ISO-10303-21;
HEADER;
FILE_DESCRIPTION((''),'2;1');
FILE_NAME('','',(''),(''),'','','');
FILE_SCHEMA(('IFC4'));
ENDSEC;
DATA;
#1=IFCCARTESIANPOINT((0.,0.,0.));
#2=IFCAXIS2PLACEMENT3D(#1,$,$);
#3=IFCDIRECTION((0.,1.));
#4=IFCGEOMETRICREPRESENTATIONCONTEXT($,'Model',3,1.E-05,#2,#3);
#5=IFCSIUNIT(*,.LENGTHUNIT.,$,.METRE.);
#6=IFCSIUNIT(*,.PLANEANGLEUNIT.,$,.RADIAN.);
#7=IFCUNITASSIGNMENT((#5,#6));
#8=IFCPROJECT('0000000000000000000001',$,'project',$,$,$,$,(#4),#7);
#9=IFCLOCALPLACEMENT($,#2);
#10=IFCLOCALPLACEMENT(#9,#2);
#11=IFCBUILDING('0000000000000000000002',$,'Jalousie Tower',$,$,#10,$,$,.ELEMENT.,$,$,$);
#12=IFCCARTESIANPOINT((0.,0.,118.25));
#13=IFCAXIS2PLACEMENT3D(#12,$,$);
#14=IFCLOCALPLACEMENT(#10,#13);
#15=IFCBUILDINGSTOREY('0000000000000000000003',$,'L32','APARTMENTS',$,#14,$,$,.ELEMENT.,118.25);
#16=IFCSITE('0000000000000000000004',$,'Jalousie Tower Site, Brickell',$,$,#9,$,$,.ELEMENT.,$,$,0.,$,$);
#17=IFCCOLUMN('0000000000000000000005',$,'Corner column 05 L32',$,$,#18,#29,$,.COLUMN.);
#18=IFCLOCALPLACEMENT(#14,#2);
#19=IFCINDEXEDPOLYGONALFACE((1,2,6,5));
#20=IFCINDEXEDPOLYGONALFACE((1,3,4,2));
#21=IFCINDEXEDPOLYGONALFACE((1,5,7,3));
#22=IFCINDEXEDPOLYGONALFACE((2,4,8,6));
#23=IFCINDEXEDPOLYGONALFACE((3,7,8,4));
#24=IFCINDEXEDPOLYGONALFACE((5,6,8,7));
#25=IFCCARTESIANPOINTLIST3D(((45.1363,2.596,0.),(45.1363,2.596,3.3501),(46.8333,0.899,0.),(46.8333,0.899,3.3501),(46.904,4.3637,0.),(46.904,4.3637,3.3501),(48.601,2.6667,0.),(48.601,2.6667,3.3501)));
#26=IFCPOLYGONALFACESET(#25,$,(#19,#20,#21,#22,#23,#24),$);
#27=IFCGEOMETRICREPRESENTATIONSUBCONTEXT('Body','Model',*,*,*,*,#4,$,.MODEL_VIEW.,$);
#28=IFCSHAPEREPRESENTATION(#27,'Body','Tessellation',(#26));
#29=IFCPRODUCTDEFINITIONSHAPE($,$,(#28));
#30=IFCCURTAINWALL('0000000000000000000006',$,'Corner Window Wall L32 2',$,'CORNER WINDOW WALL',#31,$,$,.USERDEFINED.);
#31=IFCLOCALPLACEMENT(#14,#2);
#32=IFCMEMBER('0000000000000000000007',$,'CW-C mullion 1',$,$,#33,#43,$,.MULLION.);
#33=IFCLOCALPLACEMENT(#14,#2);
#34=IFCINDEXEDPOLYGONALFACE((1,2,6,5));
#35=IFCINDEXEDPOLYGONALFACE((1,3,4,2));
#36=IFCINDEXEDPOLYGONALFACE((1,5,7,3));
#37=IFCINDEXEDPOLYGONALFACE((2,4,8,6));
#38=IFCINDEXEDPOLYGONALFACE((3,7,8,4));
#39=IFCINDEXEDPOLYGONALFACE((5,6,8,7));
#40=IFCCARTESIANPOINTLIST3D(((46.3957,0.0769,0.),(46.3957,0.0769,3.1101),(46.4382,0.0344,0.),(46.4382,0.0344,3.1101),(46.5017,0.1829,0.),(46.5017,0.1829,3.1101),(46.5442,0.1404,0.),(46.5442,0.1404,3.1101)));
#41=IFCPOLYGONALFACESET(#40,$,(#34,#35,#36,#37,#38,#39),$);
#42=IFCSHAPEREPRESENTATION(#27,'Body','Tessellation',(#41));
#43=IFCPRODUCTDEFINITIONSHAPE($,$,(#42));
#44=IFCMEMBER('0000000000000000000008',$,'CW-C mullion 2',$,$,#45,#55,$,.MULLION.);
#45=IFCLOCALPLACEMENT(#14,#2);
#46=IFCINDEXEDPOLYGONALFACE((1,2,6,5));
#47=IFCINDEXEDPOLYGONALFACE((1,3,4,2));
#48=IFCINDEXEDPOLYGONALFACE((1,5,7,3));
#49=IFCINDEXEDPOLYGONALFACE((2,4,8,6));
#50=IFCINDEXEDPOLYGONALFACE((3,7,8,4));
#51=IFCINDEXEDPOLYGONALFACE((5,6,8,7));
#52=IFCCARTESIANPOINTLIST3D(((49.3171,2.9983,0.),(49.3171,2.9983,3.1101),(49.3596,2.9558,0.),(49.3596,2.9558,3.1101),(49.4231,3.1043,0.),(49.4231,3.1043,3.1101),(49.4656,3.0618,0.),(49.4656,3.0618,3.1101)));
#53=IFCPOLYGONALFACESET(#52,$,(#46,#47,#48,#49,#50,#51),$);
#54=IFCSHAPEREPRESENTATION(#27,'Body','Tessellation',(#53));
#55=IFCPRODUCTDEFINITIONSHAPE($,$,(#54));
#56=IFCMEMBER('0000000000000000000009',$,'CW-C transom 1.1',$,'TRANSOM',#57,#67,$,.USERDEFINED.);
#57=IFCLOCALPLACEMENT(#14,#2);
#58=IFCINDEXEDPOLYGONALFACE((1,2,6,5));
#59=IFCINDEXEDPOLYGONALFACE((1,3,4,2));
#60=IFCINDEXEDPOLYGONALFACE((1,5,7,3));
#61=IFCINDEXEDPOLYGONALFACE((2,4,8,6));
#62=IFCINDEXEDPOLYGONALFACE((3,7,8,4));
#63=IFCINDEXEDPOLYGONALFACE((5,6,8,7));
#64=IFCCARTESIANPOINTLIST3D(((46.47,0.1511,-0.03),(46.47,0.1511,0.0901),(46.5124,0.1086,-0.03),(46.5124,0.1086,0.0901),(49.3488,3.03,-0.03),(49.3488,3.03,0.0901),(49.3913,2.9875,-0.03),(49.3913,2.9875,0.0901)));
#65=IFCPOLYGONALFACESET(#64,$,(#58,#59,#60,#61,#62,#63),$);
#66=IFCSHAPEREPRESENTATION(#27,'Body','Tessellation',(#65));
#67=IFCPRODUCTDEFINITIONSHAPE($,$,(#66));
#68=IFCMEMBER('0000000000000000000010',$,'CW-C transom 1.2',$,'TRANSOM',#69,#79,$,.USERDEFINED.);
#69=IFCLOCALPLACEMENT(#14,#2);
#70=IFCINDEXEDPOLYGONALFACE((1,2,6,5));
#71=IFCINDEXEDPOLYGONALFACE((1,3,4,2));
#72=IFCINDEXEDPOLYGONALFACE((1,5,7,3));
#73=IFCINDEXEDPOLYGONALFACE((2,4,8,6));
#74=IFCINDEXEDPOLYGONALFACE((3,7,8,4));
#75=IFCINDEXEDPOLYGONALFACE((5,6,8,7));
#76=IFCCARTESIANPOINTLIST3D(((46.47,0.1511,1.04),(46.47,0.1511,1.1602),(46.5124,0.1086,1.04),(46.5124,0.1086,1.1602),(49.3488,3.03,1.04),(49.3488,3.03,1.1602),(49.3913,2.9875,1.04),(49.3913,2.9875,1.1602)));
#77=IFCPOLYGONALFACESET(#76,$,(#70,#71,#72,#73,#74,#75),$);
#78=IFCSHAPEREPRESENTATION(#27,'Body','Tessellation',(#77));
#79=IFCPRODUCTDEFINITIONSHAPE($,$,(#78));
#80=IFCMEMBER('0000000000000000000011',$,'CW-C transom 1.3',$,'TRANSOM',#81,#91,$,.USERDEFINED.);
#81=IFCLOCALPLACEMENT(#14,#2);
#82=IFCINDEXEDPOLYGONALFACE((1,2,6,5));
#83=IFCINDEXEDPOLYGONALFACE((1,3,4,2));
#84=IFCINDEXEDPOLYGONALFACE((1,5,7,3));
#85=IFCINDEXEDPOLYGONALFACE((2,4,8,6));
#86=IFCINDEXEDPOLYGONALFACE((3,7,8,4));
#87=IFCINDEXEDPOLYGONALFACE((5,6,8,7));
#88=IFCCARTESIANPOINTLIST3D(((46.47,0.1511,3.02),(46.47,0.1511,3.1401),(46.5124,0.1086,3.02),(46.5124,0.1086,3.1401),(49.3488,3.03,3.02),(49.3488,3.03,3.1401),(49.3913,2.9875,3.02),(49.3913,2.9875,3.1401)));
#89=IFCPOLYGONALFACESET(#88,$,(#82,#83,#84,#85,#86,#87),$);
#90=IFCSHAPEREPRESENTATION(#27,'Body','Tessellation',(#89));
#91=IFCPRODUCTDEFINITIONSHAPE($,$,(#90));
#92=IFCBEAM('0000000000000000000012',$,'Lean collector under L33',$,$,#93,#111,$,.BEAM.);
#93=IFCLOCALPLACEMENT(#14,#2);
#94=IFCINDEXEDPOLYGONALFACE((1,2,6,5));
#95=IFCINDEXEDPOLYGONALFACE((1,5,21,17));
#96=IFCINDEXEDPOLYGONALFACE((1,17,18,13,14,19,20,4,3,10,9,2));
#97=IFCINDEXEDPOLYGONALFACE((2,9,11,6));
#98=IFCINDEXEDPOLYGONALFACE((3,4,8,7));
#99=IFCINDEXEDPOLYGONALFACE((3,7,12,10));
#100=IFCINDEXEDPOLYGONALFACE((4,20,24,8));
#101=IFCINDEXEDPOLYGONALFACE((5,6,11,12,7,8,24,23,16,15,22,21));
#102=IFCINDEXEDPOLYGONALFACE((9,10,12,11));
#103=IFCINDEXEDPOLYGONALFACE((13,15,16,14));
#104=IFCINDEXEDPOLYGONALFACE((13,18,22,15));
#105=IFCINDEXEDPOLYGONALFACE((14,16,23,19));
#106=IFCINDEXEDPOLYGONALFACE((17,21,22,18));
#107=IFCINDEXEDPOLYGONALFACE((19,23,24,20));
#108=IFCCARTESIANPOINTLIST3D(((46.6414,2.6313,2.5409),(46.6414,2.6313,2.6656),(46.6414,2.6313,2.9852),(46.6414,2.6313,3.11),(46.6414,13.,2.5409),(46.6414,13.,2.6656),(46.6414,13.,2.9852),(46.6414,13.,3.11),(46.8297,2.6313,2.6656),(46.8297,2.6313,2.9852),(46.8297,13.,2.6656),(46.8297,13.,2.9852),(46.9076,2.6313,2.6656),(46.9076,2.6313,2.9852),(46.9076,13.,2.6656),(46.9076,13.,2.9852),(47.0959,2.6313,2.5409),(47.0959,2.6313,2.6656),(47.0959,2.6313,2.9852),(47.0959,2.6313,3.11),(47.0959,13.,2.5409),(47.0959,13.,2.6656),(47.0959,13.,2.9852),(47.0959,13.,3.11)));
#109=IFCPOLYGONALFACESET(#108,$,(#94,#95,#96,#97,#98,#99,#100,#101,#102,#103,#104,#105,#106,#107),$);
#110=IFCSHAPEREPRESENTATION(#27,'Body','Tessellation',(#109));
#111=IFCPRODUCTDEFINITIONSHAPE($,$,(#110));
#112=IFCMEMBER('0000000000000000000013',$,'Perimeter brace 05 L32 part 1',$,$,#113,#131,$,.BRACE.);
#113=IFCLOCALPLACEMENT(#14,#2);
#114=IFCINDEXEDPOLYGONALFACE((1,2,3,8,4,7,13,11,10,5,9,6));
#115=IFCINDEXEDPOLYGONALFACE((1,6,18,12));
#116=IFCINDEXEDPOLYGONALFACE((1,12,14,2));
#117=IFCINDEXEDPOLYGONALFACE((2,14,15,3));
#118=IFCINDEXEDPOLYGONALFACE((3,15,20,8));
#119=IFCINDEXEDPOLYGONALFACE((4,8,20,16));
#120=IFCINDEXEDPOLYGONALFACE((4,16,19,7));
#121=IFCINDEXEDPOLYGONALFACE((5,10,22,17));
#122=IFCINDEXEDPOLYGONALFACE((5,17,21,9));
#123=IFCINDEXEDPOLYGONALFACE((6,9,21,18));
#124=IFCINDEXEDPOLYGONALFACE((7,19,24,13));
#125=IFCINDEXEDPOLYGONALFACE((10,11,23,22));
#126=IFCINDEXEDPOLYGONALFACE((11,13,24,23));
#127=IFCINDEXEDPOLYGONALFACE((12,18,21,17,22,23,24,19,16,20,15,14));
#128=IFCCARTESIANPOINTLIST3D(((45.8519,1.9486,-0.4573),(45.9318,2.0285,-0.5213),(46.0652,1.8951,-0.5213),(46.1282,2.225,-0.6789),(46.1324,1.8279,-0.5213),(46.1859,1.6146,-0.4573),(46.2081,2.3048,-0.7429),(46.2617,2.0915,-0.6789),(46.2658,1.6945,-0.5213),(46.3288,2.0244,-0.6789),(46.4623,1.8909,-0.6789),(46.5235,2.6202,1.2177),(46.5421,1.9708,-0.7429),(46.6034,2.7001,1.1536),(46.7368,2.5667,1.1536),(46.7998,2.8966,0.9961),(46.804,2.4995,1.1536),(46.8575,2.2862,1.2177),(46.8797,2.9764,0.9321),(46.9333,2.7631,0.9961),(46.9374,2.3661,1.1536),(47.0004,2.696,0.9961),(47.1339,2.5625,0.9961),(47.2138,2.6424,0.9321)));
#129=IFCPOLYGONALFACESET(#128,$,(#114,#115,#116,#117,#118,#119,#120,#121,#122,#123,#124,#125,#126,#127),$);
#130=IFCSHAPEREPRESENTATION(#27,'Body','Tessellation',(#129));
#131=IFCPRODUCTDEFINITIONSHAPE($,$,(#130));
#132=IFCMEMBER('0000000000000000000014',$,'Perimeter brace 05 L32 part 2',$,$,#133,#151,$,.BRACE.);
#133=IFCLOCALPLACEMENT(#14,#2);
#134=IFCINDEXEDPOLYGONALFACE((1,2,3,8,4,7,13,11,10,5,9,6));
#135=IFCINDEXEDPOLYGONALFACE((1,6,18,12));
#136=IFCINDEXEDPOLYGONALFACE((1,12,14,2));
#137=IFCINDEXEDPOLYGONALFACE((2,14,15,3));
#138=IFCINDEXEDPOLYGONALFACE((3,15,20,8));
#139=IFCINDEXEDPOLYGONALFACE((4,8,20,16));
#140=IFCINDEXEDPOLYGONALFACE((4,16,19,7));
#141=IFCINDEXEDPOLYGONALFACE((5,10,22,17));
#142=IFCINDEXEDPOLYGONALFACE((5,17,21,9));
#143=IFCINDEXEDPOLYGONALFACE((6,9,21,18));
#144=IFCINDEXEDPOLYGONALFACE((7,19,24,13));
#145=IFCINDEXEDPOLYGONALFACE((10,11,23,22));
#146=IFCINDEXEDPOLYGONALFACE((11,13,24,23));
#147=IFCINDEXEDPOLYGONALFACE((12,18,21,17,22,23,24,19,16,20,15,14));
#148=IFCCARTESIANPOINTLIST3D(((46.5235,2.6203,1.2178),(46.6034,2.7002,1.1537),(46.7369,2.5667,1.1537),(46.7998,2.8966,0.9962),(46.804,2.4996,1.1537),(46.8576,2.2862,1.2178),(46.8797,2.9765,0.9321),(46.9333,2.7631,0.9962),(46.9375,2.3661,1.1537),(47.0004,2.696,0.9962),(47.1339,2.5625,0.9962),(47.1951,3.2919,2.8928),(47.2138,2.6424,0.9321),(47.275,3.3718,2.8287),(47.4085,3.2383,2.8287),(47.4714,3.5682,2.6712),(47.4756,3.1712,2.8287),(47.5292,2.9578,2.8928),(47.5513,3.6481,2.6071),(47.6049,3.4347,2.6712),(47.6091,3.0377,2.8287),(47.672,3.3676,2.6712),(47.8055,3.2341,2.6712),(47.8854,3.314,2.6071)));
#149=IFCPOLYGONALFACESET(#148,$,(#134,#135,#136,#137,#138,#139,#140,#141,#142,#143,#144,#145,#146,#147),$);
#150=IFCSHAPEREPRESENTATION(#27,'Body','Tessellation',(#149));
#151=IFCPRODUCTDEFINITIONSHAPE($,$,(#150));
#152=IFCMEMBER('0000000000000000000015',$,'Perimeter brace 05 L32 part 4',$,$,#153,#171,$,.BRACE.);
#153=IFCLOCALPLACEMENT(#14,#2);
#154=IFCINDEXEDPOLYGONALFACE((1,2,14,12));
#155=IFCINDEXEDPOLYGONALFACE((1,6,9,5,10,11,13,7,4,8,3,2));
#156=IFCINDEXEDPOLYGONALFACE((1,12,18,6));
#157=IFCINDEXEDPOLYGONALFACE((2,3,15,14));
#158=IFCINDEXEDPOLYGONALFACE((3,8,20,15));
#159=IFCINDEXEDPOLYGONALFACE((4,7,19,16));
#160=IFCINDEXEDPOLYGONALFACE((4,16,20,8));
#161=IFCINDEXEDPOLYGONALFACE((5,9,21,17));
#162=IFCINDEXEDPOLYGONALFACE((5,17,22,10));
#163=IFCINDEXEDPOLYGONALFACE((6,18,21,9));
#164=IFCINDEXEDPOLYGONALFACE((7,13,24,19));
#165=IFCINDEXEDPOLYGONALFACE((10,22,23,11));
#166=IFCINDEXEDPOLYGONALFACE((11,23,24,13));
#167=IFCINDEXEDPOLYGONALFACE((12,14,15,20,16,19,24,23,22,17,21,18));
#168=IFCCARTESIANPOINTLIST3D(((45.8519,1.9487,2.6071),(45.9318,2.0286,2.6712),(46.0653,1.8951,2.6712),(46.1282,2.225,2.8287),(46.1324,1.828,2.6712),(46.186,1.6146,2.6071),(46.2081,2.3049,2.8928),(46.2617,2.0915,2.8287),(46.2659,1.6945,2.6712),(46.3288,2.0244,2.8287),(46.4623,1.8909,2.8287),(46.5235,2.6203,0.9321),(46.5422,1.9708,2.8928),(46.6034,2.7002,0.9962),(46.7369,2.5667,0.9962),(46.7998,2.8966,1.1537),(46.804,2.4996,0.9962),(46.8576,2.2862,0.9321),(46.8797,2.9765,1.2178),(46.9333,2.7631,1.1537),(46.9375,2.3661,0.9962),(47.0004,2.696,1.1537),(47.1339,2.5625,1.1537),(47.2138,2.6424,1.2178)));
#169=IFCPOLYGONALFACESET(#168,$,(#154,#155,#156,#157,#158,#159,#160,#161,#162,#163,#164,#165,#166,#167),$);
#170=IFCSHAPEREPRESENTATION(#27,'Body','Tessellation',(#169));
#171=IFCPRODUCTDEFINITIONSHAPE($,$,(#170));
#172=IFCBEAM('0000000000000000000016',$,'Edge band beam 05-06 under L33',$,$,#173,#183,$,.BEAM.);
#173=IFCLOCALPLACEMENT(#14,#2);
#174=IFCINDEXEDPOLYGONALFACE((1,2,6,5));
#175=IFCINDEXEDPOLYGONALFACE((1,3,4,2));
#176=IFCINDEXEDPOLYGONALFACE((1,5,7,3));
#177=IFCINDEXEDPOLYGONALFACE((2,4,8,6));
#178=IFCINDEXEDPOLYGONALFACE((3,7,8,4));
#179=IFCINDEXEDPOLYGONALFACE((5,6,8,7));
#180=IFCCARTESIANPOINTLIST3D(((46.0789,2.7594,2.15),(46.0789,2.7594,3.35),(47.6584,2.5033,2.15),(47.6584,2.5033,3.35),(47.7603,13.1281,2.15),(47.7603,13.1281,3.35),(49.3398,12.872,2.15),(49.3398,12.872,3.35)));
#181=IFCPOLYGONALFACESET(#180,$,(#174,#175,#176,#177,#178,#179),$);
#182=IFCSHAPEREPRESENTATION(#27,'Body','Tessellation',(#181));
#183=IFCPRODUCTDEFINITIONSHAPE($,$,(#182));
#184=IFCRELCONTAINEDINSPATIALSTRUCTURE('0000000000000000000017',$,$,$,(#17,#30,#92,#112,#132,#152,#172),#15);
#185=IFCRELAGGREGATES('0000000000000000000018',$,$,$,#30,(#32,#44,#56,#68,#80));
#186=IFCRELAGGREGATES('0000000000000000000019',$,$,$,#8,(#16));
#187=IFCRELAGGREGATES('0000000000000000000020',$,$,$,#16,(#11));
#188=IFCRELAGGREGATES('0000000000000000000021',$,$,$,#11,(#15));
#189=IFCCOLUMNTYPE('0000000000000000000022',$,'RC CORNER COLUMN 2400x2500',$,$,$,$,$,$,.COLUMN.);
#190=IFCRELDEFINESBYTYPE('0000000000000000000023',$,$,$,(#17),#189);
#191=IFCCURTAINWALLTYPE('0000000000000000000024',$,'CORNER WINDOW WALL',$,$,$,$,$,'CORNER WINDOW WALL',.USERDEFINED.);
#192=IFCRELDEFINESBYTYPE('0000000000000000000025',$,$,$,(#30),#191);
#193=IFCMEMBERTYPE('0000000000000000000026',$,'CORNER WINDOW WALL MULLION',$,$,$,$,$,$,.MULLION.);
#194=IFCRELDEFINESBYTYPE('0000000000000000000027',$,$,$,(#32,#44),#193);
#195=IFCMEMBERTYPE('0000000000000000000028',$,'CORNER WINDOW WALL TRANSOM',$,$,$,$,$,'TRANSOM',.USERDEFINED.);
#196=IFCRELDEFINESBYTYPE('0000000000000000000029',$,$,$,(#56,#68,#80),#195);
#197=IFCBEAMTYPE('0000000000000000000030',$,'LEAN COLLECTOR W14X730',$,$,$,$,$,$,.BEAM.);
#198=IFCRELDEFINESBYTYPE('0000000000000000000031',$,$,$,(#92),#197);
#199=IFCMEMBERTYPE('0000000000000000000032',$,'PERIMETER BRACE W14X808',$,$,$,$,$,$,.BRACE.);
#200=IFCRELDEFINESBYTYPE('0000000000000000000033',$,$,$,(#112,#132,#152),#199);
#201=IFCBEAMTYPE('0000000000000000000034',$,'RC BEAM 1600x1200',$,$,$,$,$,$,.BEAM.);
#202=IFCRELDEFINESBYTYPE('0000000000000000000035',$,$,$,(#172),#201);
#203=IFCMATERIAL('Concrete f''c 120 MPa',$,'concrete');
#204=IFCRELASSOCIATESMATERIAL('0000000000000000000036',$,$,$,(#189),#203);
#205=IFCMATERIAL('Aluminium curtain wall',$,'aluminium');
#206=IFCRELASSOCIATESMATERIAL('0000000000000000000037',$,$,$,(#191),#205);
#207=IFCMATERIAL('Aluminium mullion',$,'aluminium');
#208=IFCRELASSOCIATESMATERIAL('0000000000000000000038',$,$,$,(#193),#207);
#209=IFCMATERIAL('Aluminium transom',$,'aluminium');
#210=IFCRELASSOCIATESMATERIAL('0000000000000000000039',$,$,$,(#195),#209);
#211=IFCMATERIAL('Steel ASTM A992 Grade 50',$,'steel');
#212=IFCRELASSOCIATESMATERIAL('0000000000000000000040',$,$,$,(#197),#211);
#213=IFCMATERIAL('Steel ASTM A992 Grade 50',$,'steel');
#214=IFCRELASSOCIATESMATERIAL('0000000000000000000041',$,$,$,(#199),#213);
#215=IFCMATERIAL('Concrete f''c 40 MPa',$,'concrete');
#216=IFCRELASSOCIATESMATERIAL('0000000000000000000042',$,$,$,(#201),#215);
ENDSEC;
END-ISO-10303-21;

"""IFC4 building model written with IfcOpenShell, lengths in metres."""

from ifc_helpers import new_model, si_unit, direction, frame, origin, origin_2d, place, context, subcontext, project, spatial, rectangle, i_section, extrude, material, material_profile, profile_set, type_object, element, aggregate, save


model = new_model("IFC4")

# Units and contexts
model_context = context("Model", 3, precision=1e-05, world=origin(), true_north=direction((0.0, 1.0)))
body_context = subcontext(model_context, "Body", "Model", "MODEL_VIEW")
ifc_project = project(units=[si_unit("LENGTHUNIT", "METRE"), si_unit("PLANEANGLEUNIT", "RADIAN")], contexts=[model_context])

# Site, building, storey
site_placement = place(None, origin())
site = spatial("IfcSite", under=ifc_project, at=site_placement, Name="Jalousie Tower Site, Brickell", CompositionType="ELEMENT", RefElevation=0.0)
building_placement = place(site_placement, origin())
building = spatial("IfcBuilding", under=site, at=building_placement, Name="Jalousie Tower", CompositionType="ELEMENT")
storey_placement = place(building_placement, frame((0.0, 0.0, 118.25)))
storey = spatial("IfcBuildingStorey", under=building, at=storey_placement, Name="L32", Description="APARTMENTS", CompositionType="ELEMENT", Elevation=118.25)

# Column
ifc_material_1 = material(Name="Concrete f'c 120 MPa", Category="concrete")
ifc_material_profile_1 = material_profile(ifc_material_1, rectangle(XDim=2.3999, YDim=2.5, at=origin_2d()), Name="RC 2400x2500")
ifc_profile_set_1 = profile_set([ifc_material_profile_1], Name="Concrete f'c 120 MPa")
column_type = type_object("IfcColumnType", Name="RC CORNER COLUMN 2400x2500", PredefinedType="COLUMN", material=ifc_profile_set_1)
column_placement = place(storey_placement, frame((46.8687, 2.6313, 0.0), z_axis=(0.0, 0.0, 1.0), x_axis=(-0.707107, 0.707107, 0.0)))
element("IfcColumn", 1, at=column_placement, inside=storey, type_object=column_type, Name="Corner column 05 L32", PredefinedType="COLUMN", context=body_context, shape_type="SweptSolid", body=[
    extrude(rectangle(XDim=2.3999, YDim=2.5, at=origin_2d()), origin(), (0.0, 0.0, 1.0), 3.3501),
])

# Curtain wall, members
ifc_material_2 = material(Name="Aluminium curtain wall", Category="aluminium")
curtain_wall_type_1 = type_object("IfcCurtainWallType", Name="CORNER WINDOW WALL", ElementType="CORNER WINDOW WALL", PredefinedType="USERDEFINED", material=ifc_material_2)
curtain_wall_1_placement = place(storey_placement, origin())
curtain_wall_1 = element("IfcCurtainWall", 2, at=curtain_wall_1_placement, inside=storey, type_object=curtain_wall_type_1, Name="Corner Window Wall L32 2", ObjectType="CORNER WINDOW WALL", PredefinedType="USERDEFINED")
ifc_material_3 = material(Name="Aluminium mullion", Category="aluminium")
ifc_material_profile_2 = material_profile(ifc_material_3, rectangle(XDim=0.0601, YDim=0.1499, at=origin_2d()), Name="MULLION 60x150")
ifc_profile_set_2 = profile_set([ifc_material_profile_2], Name="Aluminium mullion")
member_type_1 = type_object("IfcMemberType", Name="CORNER WINDOW WALL MULLION", PredefinedType="MULLION", material=ifc_profile_set_2)
member_1_placement = place(storey_placement, frame((46.47, 0.1086, 0.0), z_axis=(0.0, 0.0, 1.0), x_axis=(-0.707107, 0.707107, 0.0)))
member_1 = element("IfcMember", 3, at=member_1_placement, type_object=member_type_1, Name="CW-C mullion 1", PredefinedType="MULLION", context=body_context, shape_type="SweptSolid", body=[
    extrude(rectangle(XDim=0.0601, YDim=0.1499, at=origin_2d()), origin(), (0.0, 0.0, 1.0), 3.1101),
])
member_2_placement = place(storey_placement, frame((49.3914, 3.03, 0.0), z_axis=(0.0, 0.0, 1.0), x_axis=(-0.707107, 0.707107, 0.0)))
member_2 = element("IfcMember", 4, at=member_2_placement, type_object=member_type_1, Name="CW-C mullion 2", PredefinedType="MULLION", context=body_context, shape_type="SweptSolid", body=[
    extrude(rectangle(XDim=0.0601, YDim=0.1499, at=origin_2d()), origin(), (0.0, 0.0, 1.0), 3.1101),
])
ifc_material_4 = material(Name="Aluminium transom", Category="aluminium")
ifc_material_profile_3 = material_profile(ifc_material_4, rectangle(XDim=0.0601, YDim=0.1201, at=origin_2d()), Name="TRANSOM 60x120")
ifc_profile_set_3 = profile_set([ifc_material_profile_3], Name="Aluminium transom")
member_type_2 = type_object("IfcMemberType", Name="CORNER WINDOW WALL TRANSOM", ElementType="TRANSOM", PredefinedType="USERDEFINED", material=ifc_profile_set_3)
member_3_placement = place(storey_placement, frame((46.4912, 0.1299, 0.03), z_axis=(0.707107, 0.707107, 0.0), x_axis=(-0.707107, 0.707107, 0.0)))
member_3 = element("IfcMember", 5, at=member_3_placement, type_object=member_type_2, Name="CW-C transom 1.1", ObjectType="TRANSOM", PredefinedType="USERDEFINED", context=body_context, shape_type="SweptSolid", body=[
    extrude(rectangle(XDim=0.0601, YDim=0.1201, at=origin_2d()), origin(), (0.0, 0.0, 1.0), 4.0713),
])
member_4_placement = place(storey_placement, frame((46.4912, 0.1299, 1.1001), z_axis=(0.707107, 0.707107, 0.0), x_axis=(-0.707107, 0.707107, 0.0)))
member_4 = element("IfcMember", 6, at=member_4_placement, type_object=member_type_2, Name="CW-C transom 1.2", ObjectType="TRANSOM", PredefinedType="USERDEFINED", context=body_context, shape_type="SweptSolid", body=[
    extrude(rectangle(XDim=0.0601, YDim=0.1201, at=origin_2d()), origin(), (0.0, 0.0, 1.0), 4.0713),
])
member_5_placement = place(storey_placement, frame((46.4912, 0.1299, 3.0801), z_axis=(0.707107, 0.707107, 0.0), x_axis=(-0.707107, 0.707107, 0.0)))
member_5 = element("IfcMember", 7, at=member_5_placement, type_object=member_type_2, Name="CW-C transom 1.3", ObjectType="TRANSOM", PredefinedType="USERDEFINED", context=body_context, shape_type="SweptSolid", body=[
    extrude(rectangle(XDim=0.0601, YDim=0.1201, at=origin_2d()), origin(), (0.0, 0.0, 1.0), 4.0713),
])

# Beam
ifc_material_5 = material(Name="Steel ASTM A992 Grade 50", Category="steel")
ifc_material_profile_4 = material_profile(ifc_material_5, i_section(OverallWidth=0.4546, OverallDepth=0.5691, WebThickness=0.0779, FlangeThickness=0.1248, at=origin_2d()), Name="W14X730")
ifc_profile_set_4 = profile_set([ifc_material_profile_4], Name="Steel ASTM A992 Grade 50")
beam_type_1 = type_object("IfcBeamType", Name="LEAN COLLECTOR W14X730", PredefinedType="BEAM", material=ifc_profile_set_4)
beam_1_placement = place(storey_placement, frame((46.8687, 2.6313, 2.8254), z_axis=(0.0, 1.0, 0.0), x_axis=(-1.0, 0.0, 0.0)))
element("IfcBeam", 8, at=beam_1_placement, inside=storey, type_object=beam_type_1, Name="Lean collector under L33", PredefinedType="BEAM", context=body_context, shape_type="SweptSolid", body=[
    extrude(i_section(OverallWidth=0.4546, OverallDepth=0.5691, WebThickness=0.0779, FlangeThickness=0.1248, at=origin_2d()), origin(), (0.0, 0.0, 1.0), 10.3687),
])

# Members
ifc_material_6 = material(Name="Steel ASTM A992 Grade 50", Category="steel")
ifc_material_profile_5 = material_profile(ifc_material_6, i_section(OverallWidth=0.4724, OverallDepth=0.5791, WebThickness=0.095, FlangeThickness=0.1299, at=origin_2d()), Name="W14X808")
ifc_profile_set_5 = profile_set([ifc_material_profile_5], Name="Steel ASTM A992 Grade 50")
member_type_3 = type_object("IfcMemberType", Name="PERIMETER BRACE W14X808", PredefinedType="BRACE", material=ifc_profile_set_5)
for number, where, z_axis, x_axis, name in (
    (9, (46.197, 1.9597, -0.6001), (0.348789, 0.348789, 0.869881), (-0.707107, 0.707107, 0.0), "Perimeter brace 05 L32 part 1"),
    (10, (46.8687, 2.6313, 1.075), (0.348789, 0.348789, 0.869881), (-0.707107, 0.707107, 0.0), "Perimeter brace 05 L32 part 2"),
    (11, (46.8687, 2.6313, 1.075), (-0.348789, -0.348789, 0.869881), (0.707107, -0.707107, 0.0), "Perimeter brace 05 L32 part 4"),
):
    element("IfcMember", number, at=place(storey_placement, frame(where, z_axis=z_axis, x_axis=x_axis)), inside=storey, type_object=member_type_3, Name=name, PredefinedType="BRACE", context=body_context, shape_type="SweptSolid", body=[
        extrude(i_section(OverallWidth=0.4724, OverallDepth=0.5791, WebThickness=0.095, FlangeThickness=0.1299, at=origin_2d()), origin(), (0.0, 0.0, 1.0), 1.9255),
    ])

# Beam
ifc_material_7 = material(Name="Concrete f'c 40 MPa", Category="concrete")
ifc_material_profile_6 = material_profile(ifc_material_7, rectangle(XDim=1.6001, YDim=1.2, at=origin_2d()), Name="RC 1600x1200")
ifc_profile_set_6 = profile_set([ifc_material_profile_6], Name="Concrete f'c 40 MPa")
beam_type_2 = type_object("IfcBeamType", Name="RC BEAM 1600x1200", PredefinedType="BEAM", material=ifc_profile_set_6)
beam_2_placement = place(storey_placement, frame((46.8687, 2.6313, 2.75), z_axis=(0.160071, 0.987106, 0.0), x_axis=(-0.987106, 0.160071, 0.0)))
element("IfcBeam", 12, at=beam_2_placement, inside=storey, type_object=beam_type_2, Name="Edge band beam 05-06 under L33", PredefinedType="BEAM", context=body_context, shape_type="SweptSolid", body=[
    extrude(rectangle(XDim=1.6001, YDim=1.2, at=origin_2d()), origin(), (0.0, 0.0, 1.0), 10.5042),
])

aggregate(curtain_wall_1, [member_1, member_2, member_3, member_4, member_5])

save(model, "model.ifc")
